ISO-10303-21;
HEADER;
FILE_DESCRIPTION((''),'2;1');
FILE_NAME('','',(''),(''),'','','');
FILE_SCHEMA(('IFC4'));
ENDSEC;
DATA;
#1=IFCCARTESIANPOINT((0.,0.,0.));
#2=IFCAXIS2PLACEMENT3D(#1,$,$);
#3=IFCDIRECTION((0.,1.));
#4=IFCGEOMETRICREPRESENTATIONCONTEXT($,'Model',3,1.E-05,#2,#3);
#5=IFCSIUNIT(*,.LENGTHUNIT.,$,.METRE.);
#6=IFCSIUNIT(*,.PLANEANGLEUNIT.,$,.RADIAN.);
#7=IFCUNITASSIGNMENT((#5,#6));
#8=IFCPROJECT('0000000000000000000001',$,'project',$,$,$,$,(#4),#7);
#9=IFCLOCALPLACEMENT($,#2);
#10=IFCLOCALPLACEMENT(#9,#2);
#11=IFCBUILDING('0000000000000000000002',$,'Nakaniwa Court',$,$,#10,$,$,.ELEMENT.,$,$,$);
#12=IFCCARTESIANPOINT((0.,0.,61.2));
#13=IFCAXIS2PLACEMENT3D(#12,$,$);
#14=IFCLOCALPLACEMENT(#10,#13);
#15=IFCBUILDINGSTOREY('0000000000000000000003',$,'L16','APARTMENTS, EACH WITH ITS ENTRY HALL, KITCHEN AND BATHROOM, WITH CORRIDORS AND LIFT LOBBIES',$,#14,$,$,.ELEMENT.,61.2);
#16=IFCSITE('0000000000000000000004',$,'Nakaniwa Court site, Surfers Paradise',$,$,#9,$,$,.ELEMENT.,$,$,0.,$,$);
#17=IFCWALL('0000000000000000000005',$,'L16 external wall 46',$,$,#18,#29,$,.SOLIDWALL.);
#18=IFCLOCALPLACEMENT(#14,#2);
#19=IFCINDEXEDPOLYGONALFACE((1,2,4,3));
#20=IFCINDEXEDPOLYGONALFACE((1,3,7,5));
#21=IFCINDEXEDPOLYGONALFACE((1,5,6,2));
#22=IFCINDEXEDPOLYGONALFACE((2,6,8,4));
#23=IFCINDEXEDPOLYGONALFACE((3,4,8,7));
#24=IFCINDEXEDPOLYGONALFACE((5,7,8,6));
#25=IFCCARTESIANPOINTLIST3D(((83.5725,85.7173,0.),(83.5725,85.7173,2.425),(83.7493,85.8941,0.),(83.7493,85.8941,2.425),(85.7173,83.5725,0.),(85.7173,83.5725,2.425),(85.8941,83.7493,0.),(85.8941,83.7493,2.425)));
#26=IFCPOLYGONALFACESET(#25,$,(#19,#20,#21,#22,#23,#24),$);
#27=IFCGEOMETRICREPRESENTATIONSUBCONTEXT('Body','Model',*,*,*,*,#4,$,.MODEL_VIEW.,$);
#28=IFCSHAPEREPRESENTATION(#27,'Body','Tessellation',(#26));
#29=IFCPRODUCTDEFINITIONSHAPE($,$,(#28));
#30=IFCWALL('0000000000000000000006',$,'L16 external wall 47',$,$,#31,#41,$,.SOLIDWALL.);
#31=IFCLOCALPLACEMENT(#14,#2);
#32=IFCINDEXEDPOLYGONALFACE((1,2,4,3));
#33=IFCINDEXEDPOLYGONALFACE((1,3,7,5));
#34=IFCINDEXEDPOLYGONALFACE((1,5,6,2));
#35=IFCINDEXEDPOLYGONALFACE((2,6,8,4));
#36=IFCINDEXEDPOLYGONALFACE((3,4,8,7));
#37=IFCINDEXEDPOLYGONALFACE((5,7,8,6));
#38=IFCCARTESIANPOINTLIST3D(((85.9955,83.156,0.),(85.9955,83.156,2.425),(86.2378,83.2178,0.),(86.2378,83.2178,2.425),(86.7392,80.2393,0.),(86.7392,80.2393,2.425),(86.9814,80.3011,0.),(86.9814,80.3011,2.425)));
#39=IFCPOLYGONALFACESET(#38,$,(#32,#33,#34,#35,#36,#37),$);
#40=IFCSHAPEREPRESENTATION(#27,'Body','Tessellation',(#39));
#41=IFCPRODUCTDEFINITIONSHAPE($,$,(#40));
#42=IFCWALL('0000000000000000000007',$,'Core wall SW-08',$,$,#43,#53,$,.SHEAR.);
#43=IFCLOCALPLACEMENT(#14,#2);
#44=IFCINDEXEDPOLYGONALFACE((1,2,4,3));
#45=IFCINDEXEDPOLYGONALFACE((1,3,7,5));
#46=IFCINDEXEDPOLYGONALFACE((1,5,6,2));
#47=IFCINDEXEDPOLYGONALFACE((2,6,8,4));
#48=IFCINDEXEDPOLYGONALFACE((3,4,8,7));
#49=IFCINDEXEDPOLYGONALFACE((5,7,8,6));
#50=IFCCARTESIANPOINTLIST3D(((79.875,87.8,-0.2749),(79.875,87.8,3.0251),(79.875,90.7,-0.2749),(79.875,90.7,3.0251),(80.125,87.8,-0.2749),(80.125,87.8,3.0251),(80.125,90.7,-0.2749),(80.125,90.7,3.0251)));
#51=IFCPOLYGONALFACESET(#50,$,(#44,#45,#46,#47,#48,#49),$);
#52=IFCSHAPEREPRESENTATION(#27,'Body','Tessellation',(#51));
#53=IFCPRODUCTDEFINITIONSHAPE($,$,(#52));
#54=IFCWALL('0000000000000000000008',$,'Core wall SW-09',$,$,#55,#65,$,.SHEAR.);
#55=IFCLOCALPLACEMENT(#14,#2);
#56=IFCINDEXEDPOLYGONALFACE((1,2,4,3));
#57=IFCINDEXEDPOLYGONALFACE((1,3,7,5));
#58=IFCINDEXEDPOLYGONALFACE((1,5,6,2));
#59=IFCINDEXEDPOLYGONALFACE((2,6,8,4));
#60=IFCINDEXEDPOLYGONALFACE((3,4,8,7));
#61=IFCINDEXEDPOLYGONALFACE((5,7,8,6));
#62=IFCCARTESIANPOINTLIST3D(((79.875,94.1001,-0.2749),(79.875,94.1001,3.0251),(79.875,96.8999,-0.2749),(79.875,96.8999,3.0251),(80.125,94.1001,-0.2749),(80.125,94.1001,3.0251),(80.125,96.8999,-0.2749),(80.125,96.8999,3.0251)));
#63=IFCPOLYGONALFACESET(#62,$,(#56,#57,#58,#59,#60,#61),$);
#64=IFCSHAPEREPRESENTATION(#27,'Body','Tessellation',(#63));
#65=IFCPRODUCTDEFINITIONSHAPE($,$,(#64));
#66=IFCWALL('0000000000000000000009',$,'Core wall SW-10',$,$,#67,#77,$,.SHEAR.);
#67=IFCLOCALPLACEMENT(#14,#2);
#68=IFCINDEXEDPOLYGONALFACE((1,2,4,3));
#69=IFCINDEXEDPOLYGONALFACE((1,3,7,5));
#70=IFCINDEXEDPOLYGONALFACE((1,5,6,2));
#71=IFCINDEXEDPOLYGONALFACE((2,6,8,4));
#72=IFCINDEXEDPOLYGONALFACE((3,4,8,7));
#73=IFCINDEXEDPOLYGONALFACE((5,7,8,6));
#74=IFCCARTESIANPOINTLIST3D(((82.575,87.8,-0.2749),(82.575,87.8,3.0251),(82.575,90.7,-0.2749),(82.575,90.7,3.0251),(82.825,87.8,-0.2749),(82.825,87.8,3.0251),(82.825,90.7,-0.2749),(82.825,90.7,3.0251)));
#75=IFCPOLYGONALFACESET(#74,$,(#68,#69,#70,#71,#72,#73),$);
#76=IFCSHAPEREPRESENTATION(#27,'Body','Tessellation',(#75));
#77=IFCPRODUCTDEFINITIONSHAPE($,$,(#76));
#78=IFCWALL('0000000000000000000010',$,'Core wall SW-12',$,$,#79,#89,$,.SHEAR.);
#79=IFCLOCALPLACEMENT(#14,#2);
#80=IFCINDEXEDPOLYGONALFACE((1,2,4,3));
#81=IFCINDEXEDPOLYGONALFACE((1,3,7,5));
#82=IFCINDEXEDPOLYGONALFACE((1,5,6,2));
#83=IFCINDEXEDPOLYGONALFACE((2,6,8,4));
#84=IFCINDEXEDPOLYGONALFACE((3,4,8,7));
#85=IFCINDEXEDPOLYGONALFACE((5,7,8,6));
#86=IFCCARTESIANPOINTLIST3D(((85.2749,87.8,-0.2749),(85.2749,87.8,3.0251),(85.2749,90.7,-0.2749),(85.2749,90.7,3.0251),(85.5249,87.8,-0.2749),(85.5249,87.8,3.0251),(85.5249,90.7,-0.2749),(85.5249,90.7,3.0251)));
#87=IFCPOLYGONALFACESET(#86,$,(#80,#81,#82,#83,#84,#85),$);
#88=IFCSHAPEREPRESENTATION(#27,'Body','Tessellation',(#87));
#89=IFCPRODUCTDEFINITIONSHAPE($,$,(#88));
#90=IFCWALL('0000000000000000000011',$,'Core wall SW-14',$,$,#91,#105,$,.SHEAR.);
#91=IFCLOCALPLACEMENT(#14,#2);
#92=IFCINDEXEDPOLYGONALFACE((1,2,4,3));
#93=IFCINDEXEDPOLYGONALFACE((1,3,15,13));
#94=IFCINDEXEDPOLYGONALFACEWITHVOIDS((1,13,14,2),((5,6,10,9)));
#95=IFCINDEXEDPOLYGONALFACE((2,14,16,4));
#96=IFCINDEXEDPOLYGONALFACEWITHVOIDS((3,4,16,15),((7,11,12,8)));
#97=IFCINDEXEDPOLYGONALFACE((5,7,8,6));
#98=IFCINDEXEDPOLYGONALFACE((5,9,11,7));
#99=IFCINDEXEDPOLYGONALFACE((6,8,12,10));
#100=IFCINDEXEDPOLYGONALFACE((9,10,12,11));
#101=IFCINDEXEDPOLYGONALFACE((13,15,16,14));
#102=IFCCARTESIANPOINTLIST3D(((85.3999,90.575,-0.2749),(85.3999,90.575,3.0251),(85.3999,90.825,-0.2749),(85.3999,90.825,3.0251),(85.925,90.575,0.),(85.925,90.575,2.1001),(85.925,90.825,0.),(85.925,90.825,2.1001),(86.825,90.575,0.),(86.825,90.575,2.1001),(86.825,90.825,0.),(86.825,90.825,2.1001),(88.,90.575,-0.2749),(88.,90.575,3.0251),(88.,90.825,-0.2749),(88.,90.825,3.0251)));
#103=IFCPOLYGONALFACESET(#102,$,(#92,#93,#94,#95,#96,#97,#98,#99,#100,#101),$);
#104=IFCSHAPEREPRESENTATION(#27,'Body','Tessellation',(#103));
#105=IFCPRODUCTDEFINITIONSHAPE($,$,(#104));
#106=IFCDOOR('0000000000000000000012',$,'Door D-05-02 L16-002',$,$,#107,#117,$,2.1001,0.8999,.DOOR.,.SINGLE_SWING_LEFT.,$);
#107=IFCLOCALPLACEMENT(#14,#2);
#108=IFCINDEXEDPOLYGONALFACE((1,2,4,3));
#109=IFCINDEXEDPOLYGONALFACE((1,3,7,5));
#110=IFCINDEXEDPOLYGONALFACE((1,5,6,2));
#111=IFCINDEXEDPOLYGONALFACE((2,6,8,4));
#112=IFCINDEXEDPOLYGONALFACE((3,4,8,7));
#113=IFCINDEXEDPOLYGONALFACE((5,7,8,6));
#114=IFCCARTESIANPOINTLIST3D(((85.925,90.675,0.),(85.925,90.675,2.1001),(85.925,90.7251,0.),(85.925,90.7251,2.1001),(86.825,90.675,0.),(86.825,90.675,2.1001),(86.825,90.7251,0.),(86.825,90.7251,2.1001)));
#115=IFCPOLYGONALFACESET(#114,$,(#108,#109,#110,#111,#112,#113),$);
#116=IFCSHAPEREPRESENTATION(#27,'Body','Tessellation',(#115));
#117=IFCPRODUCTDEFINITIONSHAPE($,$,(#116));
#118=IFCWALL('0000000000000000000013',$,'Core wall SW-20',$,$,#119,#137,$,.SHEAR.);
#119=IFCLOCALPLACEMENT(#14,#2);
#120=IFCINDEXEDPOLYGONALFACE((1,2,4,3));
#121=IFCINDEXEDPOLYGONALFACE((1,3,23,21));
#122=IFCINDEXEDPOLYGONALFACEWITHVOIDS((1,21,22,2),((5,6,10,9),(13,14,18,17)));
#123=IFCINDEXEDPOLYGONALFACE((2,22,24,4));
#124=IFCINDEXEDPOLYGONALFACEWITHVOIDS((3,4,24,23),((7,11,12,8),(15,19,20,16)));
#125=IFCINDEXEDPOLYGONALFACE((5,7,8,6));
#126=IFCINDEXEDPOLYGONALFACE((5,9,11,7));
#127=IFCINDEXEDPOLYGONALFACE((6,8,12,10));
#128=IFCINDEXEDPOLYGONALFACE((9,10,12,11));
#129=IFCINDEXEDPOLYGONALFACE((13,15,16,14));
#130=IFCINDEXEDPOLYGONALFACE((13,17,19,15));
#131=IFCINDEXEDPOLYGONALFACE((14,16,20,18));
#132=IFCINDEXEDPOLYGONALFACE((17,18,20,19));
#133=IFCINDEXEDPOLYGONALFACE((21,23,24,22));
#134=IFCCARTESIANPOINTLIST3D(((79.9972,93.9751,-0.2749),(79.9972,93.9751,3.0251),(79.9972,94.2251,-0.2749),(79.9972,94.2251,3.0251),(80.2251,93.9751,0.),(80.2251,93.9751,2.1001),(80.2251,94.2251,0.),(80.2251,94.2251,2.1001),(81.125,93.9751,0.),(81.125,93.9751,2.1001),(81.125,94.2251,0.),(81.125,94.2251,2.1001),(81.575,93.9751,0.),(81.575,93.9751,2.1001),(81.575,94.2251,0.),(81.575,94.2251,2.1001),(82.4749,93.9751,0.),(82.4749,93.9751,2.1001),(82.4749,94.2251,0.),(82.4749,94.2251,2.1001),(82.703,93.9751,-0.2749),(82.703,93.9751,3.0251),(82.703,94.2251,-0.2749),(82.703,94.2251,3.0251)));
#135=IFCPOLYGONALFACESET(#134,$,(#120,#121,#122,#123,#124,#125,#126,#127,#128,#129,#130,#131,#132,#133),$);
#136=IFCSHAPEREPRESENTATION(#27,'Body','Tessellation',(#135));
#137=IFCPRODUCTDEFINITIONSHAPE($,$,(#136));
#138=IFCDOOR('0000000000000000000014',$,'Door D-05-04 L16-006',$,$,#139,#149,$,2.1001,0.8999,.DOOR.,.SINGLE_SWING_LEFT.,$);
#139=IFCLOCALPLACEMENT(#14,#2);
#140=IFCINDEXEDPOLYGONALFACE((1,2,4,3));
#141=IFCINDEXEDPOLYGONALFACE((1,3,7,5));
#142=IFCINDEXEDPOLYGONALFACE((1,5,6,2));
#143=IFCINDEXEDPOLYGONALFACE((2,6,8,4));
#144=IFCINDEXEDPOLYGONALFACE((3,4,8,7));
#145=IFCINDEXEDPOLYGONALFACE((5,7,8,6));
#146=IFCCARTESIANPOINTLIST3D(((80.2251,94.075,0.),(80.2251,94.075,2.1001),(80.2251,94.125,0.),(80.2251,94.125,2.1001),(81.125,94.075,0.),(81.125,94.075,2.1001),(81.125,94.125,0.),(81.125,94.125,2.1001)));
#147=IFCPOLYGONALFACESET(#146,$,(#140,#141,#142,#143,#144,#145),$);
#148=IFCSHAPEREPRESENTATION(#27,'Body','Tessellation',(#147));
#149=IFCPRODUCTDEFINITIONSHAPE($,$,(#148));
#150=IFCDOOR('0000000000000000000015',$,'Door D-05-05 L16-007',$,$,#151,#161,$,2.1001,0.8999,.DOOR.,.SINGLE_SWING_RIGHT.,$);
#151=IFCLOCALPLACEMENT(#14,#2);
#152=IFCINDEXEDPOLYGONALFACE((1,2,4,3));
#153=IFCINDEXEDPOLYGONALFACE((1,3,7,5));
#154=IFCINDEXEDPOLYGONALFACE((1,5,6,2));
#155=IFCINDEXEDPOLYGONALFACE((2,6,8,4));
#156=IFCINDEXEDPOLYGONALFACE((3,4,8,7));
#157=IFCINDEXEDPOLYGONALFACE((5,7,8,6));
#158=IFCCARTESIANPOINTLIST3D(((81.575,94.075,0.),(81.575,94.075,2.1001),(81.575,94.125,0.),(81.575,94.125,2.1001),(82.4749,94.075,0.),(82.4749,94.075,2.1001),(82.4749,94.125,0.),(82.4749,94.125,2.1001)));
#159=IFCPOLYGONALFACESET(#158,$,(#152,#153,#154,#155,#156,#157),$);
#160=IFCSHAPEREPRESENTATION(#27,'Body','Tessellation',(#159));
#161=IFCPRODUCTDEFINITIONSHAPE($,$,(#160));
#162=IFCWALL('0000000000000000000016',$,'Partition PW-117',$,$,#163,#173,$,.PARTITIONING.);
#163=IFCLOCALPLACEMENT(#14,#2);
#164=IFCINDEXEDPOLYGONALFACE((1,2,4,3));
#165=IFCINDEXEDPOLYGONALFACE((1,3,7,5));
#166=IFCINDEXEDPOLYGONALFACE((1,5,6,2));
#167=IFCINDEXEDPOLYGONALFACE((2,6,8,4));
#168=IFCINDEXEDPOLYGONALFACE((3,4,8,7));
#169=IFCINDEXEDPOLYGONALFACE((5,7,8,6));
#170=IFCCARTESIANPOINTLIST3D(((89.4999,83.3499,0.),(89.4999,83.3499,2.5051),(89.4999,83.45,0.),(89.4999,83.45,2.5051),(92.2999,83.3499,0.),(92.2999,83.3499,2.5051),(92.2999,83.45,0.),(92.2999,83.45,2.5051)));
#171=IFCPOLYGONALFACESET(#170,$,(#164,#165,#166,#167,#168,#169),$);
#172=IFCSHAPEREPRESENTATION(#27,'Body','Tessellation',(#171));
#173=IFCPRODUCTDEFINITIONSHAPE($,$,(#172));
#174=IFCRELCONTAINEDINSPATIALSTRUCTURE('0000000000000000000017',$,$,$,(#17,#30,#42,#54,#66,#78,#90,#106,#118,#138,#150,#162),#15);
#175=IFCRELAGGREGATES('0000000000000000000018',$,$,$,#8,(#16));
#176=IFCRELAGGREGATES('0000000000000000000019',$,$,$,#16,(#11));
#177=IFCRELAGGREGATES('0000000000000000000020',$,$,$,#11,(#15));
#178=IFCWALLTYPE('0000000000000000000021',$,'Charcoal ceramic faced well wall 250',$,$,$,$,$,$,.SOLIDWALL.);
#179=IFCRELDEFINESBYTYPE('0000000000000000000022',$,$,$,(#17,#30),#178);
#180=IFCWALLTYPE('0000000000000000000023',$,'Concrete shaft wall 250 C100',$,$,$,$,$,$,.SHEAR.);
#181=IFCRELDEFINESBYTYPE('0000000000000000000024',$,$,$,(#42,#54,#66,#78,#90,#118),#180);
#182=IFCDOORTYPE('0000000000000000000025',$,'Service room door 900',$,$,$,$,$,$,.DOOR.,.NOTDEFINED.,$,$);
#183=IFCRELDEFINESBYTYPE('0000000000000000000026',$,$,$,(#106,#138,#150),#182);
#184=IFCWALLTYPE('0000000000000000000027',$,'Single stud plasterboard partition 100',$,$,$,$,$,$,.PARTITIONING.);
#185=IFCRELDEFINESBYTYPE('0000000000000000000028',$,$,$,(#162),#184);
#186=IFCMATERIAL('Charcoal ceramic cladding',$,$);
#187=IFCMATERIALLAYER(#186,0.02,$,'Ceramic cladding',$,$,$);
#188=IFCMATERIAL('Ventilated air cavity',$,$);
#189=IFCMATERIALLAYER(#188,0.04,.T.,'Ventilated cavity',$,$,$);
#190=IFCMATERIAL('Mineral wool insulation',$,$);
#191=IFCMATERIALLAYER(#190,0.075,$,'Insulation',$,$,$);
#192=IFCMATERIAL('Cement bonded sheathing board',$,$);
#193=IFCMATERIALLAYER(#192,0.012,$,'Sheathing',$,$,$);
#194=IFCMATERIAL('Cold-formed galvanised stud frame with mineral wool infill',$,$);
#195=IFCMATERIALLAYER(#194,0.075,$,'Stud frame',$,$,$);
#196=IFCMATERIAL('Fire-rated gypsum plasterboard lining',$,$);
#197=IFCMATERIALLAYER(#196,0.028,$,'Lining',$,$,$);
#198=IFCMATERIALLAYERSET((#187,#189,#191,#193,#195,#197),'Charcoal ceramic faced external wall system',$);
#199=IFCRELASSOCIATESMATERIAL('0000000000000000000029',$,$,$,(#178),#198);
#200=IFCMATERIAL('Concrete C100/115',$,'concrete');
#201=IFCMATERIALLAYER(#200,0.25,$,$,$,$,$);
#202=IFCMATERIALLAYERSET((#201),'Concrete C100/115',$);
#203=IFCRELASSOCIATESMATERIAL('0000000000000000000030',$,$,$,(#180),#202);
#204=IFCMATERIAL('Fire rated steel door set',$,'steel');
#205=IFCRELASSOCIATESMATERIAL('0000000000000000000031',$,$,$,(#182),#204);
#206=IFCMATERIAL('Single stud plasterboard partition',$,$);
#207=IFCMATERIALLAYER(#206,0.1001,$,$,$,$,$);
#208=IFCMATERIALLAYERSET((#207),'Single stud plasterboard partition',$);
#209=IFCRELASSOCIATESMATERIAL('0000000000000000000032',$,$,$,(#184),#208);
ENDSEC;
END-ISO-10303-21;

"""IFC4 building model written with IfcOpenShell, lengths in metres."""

from ifc_helpers import new_model, si_unit, direction, frame, frame_2d, origin, place, context, subcontext, project, spatial, rectangle, extrude, material, layer, layer_set, type_object, element, fill, save


model = new_model("IFC4")

# Units and contexts
model_context = context("Model", 3, precision=1e-05, world=origin(), true_north=direction((0.0, 1.0)))
body_context = subcontext(model_context, "Body", "Model", "MODEL_VIEW")
ifc_project = project(units=[si_unit("LENGTHUNIT", "METRE"), si_unit("PLANEANGLEUNIT", "RADIAN")], contexts=[model_context])

# Site, building, storey
site_placement = place(None, origin())
site = spatial("IfcSite", under=ifc_project, at=site_placement, Name="Nakaniwa Court site, Surfers Paradise", CompositionType="ELEMENT", RefElevation=0.0)
building_placement = place(site_placement, origin())
building = spatial("IfcBuilding", under=site, at=building_placement, Name="Nakaniwa Court", CompositionType="ELEMENT")
storey_placement = place(building_placement, frame((0.0, 0.0, 61.2)))
storey = spatial("IfcBuildingStorey", under=building, at=storey_placement, Name="L16", Description="APARTMENTS, EACH WITH ITS ENTRY HALL, KITCHEN AND BATHROOM, WITH CORRIDORS AND LIFT LOBBIES", CompositionType="ELEMENT", Elevation=61.2)

# Shared definitions
ifc_material_1 = material(Name="Concrete C100/115", Category="concrete")

# Walls
ifc_material_2 = material(Name="Charcoal ceramic cladding")
ifc_layer_1 = layer(ifc_material_2, 0.02, Name="Ceramic cladding")
ifc_material_3 = material(Name="Ventilated air cavity")
ifc_layer_2 = layer(ifc_material_3, 0.04, ventilated=True, Name="Ventilated cavity")
ifc_material_4 = material(Name="Mineral wool insulation")
ifc_layer_3 = layer(ifc_material_4, 0.075, Name="Insulation")
ifc_material_5 = material(Name="Cement bonded sheathing board")
ifc_layer_4 = layer(ifc_material_5, 0.012, Name="Sheathing")
ifc_material_6 = material(Name="Cold-formed galvanised stud frame with mineral wool infill")
ifc_layer_5 = layer(ifc_material_6, 0.075, Name="Stud frame")
ifc_material_7 = material(Name="Fire-rated gypsum plasterboard lining")
ifc_layer_6 = layer(ifc_material_7, 0.028, Name="Lining")
ifc_layer_set_1 = layer_set([ifc_layer_1, ifc_layer_2, ifc_layer_3, ifc_layer_4, ifc_layer_5, ifc_layer_6], Name="Charcoal ceramic faced external wall system")
wall_type_1 = type_object("IfcWallType", Name="Charcoal ceramic faced well wall 250", PredefinedType="SOLIDWALL", material=ifc_layer_set_1)
wall_1_placement = place(storey_placement, frame((83.6609, 85.8057, 0.0), z_axis=(0.0, 0.0, 1.0), x_axis=(0.707107, -0.707107, 0.0)))
element("IfcWall", 1, at=wall_1_placement, inside=storey, type_object=wall_type_1, Name="L16 external wall 46", PredefinedType="SOLIDWALL", context=body_context, shape_type="SweptSolid", body=[
    extrude(rectangle(XDim=3.0332, YDim=0.25, at=frame_2d((1.5166, 0.0))), origin(), (0.0, 0.0, 1.0), 2.425),
])
wall_2_placement = place(storey_placement, frame((86.1167, 83.1868, 0.0), z_axis=(0.0, 0.0, 1.0), x_axis=(0.247056, -0.969001, 0.0)))
element("IfcWall", 2, at=wall_2_placement, inside=storey, type_object=wall_type_1, Name="L16 external wall 47", PredefinedType="SOLIDWALL", context=body_context, shape_type="SweptSolid", body=[
    extrude(rectangle(XDim=3.01, YDim=0.25, at=frame_2d((1.5049, 0.0))), origin(), (0.0, 0.0, 1.0), 2.425),
])
ifc_layer_7 = layer(ifc_material_1, 0.25)
ifc_layer_set_2 = layer_set([ifc_layer_7], Name="Concrete C100/115")
wall_type_2 = type_object("IfcWallType", Name="Concrete shaft wall 250 C100", PredefinedType="SHEAR", material=ifc_layer_set_2)
wall_3_placement = place(storey_placement, frame((80.0, 87.8, -0.2749), z_axis=(0.0, 0.0, 1.0), x_axis=(0.0, 1.0, 0.0)))
element("IfcWall", 3, at=wall_3_placement, inside=storey, type_object=wall_type_2, Name="Core wall SW-08", PredefinedType="SHEAR", context=body_context, shape_type="SweptSolid", body=[
    extrude(rectangle(XDim=2.8999, YDim=0.25, at=frame_2d((1.45, 0.0))), origin(), (0.0, 0.0, 1.0), 3.3),
])
wall_4_placement = place(storey_placement, frame((80.0, 94.1001, -0.2749), z_axis=(0.0, 0.0, 1.0), x_axis=(0.0, 1.0, 0.0)))
element("IfcWall", 4, at=wall_4_placement, inside=storey, type_object=wall_type_2, Name="Core wall SW-09", PredefinedType="SHEAR", context=body_context, shape_type="SweptSolid", body=[
    extrude(rectangle(XDim=2.7998, YDim=0.25, at=frame_2d((1.3999, 0.0))), origin(), (0.0, 0.0, 1.0), 3.3),
])
for number, where, z_axis, x_axis, name in (
    (5, (82.7, 87.8, -0.2749), (0.0, 0.0, 1.0), (0.0, 1.0, 0.0), "Core wall SW-10"),
    (6, (85.3999, 87.8, -0.2749), (0.0, 0.0, 1.0), (0.0, 1.0, 0.0), "Core wall SW-12"),
):
    element("IfcWall", number, at=place(storey_placement, frame(where, z_axis=z_axis, x_axis=x_axis)), inside=storey, type_object=wall_type_2, Name=name, PredefinedType="SHEAR", context=body_context, shape_type="SweptSolid", body=[
        extrude(rectangle(XDim=2.8999, YDim=0.25, at=frame_2d((1.45, 0.0))), origin(), (0.0, 0.0, 1.0), 3.3),
    ])

# Wall, opening, door
wall_5_placement = place(storey_placement, frame((88.0, 90.7, -0.2749), z_axis=(0.0, 0.0, 1.0), x_axis=(-1.0, 0.0, 0.0)))
wall_5 = element("IfcWall", 7, at=wall_5_placement, inside=storey, type_object=wall_type_2, Name="Core wall SW-14", PredefinedType="SHEAR", context=body_context, shape_type="SweptSolid", body=[
    extrude(rectangle(XDim=2.6001, YDim=0.25, at=frame_2d((1.3, 0.0))), origin(), (0.0, 0.0, 1.0), 3.3),
])
opening_1_placement = place(wall_5_placement, frame((1.175, 0.0, 0.2749)))
opening_1 = element("IfcOpeningElement", 8, at=opening_1_placement, cuts=wall_5, PredefinedType="OPENING", context=body_context, shape_type="SweptSolid", body=[
    extrude(rectangle(XDim=0.8999, YDim=2.1001, at=frame_2d((0.45, 1.05))), frame((0.0, 0.135, 0.0), z_axis=(0.0, -1.0, 0.0), x_axis=(1.0, 0.0, 0.0)), (0.0, 0.0, 1.0), 0.27),
])
ifc_material_8 = material(Name="Fire rated steel door set", Category="steel")
door_type_1 = type_object("IfcDoorType", Name="Service room door 900", OperationType="NOTDEFINED", PredefinedType="DOOR", material=ifc_material_8)
door_1_placement = place(opening_1_placement, origin())
door_1 = element("IfcDoor", 9, at=door_1_placement, inside=storey, type_object=door_type_1, Name="Door D-05-02 L16-002", OperationType="SINGLE_SWING_LEFT", OverallHeight=2.1001, OverallWidth=0.8999, PredefinedType="DOOR", context=body_context, shape_type="SweptSolid", body=[
    extrude(rectangle(XDim=0.8999, YDim=2.1001, at=frame_2d((0.45, 1.05))), frame((0.0, 0.0249, 0.0), z_axis=(0.0, -1.0, 0.0), x_axis=(1.0, 0.0, 0.0)), (0.0, 0.0, 1.0), 0.05),
])
fill(opening_1, door_1)

# Wall, openings, doors
wall_6_placement = place(storey_placement, frame((79.9971, 94.1001, -0.2749), z_axis=(0.0, 0.0, 1.0), x_axis=(1.0, 0.0, 0.0)))
wall_6 = element("IfcWall", 10, at=wall_6_placement, inside=storey, type_object=wall_type_2, Name="Core wall SW-20", PredefinedType="SHEAR", context=body_context, shape_type="SweptSolid", body=[
    extrude(rectangle(XDim=2.7058, YDim=0.25, at=frame_2d((1.353, 0.0))), origin(), (0.0, 0.0, 1.0), 3.3),
])
opening_2_placement = place(wall_6_placement, frame((0.228, 0.0, 0.2749)))
opening_2 = element("IfcOpeningElement", 11, at=opening_2_placement, cuts=wall_6, PredefinedType="OPENING", context=body_context, shape_type="SweptSolid", body=[
    extrude(rectangle(XDim=0.8999, YDim=2.1001, at=frame_2d((0.45, 1.05))), frame((0.0, 0.135, 0.0), z_axis=(0.0, -1.0, 0.0), x_axis=(1.0, 0.0, 0.0)), (0.0, 0.0, 1.0), 0.27),
])
opening_3_placement = place(wall_6_placement, frame((1.5779, 0.0, 0.2749)))
opening_3 = element("IfcOpeningElement", 12, at=opening_3_placement, cuts=wall_6, PredefinedType="OPENING", context=body_context, shape_type="SweptSolid", body=[
    extrude(rectangle(XDim=0.8999, YDim=2.1001, at=frame_2d((0.45, 1.05))), frame((0.0, 0.135, 0.0), z_axis=(0.0, -1.0, 0.0), x_axis=(1.0, 0.0, 0.0)), (0.0, 0.0, 1.0), 0.27),
])
door_2_placement = place(opening_2_placement, origin())
door_2 = element("IfcDoor", 13, at=door_2_placement, inside=storey, type_object=door_type_1, Name="Door D-05-04 L16-006", OperationType="SINGLE_SWING_LEFT", OverallHeight=2.1001, OverallWidth=0.8999, PredefinedType="DOOR", context=body_context, shape_type="SweptSolid", body=[
    extrude(rectangle(XDim=0.8999, YDim=2.1001, at=frame_2d((0.45, 1.05))), frame((0.0, 0.0249, 0.0), z_axis=(0.0, -1.0, 0.0), x_axis=(1.0, 0.0, 0.0)), (0.0, 0.0, 1.0), 0.05),
])
fill(opening_2, door_2)
door_3_placement = place(opening_3_placement, origin())
door_3 = element("IfcDoor", 14, at=door_3_placement, inside=storey, type_object=door_type_1, Name="Door D-05-05 L16-007", OperationType="SINGLE_SWING_RIGHT", OverallHeight=2.1001, OverallWidth=0.8999, PredefinedType="DOOR", context=body_context, shape_type="SweptSolid", body=[
    extrude(rectangle(XDim=0.8999, YDim=2.1001, at=frame_2d((0.45, 1.05))), frame((0.0, 0.0249, 0.0), z_axis=(0.0, -1.0, 0.0), x_axis=(1.0, 0.0, 0.0)), (0.0, 0.0, 1.0), 0.05),
])
fill(opening_3, door_3)

# Wall
ifc_material_9 = material(Name="Single stud plasterboard partition")
ifc_layer_8 = layer(ifc_material_9, 0.1001)
ifc_layer_set_3 = layer_set([ifc_layer_8], Name="Single stud plasterboard partition")
wall_type_3 = type_object("IfcWallType", Name="Single stud plasterboard partition 100", PredefinedType="PARTITIONING", material=ifc_layer_set_3)
wall_7_placement = place(storey_placement, frame((89.5, 83.3999, 0.0), z_axis=(0.0, 0.0, 1.0), x_axis=(1.0, 0.0, 0.0)))
element("IfcWall", 15, at=wall_7_placement, inside=storey, type_object=wall_type_3, Name="Partition PW-117", PredefinedType="PARTITIONING", context=body_context, shape_type="SweptSolid", body=[
    extrude(rectangle(XDim=2.8, YDim=0.1001, at=frame_2d((1.3999, 0.0))), origin(), (0.0, 0.0, 1.0), 2.5051),
])

save(model, "model.ifc")
